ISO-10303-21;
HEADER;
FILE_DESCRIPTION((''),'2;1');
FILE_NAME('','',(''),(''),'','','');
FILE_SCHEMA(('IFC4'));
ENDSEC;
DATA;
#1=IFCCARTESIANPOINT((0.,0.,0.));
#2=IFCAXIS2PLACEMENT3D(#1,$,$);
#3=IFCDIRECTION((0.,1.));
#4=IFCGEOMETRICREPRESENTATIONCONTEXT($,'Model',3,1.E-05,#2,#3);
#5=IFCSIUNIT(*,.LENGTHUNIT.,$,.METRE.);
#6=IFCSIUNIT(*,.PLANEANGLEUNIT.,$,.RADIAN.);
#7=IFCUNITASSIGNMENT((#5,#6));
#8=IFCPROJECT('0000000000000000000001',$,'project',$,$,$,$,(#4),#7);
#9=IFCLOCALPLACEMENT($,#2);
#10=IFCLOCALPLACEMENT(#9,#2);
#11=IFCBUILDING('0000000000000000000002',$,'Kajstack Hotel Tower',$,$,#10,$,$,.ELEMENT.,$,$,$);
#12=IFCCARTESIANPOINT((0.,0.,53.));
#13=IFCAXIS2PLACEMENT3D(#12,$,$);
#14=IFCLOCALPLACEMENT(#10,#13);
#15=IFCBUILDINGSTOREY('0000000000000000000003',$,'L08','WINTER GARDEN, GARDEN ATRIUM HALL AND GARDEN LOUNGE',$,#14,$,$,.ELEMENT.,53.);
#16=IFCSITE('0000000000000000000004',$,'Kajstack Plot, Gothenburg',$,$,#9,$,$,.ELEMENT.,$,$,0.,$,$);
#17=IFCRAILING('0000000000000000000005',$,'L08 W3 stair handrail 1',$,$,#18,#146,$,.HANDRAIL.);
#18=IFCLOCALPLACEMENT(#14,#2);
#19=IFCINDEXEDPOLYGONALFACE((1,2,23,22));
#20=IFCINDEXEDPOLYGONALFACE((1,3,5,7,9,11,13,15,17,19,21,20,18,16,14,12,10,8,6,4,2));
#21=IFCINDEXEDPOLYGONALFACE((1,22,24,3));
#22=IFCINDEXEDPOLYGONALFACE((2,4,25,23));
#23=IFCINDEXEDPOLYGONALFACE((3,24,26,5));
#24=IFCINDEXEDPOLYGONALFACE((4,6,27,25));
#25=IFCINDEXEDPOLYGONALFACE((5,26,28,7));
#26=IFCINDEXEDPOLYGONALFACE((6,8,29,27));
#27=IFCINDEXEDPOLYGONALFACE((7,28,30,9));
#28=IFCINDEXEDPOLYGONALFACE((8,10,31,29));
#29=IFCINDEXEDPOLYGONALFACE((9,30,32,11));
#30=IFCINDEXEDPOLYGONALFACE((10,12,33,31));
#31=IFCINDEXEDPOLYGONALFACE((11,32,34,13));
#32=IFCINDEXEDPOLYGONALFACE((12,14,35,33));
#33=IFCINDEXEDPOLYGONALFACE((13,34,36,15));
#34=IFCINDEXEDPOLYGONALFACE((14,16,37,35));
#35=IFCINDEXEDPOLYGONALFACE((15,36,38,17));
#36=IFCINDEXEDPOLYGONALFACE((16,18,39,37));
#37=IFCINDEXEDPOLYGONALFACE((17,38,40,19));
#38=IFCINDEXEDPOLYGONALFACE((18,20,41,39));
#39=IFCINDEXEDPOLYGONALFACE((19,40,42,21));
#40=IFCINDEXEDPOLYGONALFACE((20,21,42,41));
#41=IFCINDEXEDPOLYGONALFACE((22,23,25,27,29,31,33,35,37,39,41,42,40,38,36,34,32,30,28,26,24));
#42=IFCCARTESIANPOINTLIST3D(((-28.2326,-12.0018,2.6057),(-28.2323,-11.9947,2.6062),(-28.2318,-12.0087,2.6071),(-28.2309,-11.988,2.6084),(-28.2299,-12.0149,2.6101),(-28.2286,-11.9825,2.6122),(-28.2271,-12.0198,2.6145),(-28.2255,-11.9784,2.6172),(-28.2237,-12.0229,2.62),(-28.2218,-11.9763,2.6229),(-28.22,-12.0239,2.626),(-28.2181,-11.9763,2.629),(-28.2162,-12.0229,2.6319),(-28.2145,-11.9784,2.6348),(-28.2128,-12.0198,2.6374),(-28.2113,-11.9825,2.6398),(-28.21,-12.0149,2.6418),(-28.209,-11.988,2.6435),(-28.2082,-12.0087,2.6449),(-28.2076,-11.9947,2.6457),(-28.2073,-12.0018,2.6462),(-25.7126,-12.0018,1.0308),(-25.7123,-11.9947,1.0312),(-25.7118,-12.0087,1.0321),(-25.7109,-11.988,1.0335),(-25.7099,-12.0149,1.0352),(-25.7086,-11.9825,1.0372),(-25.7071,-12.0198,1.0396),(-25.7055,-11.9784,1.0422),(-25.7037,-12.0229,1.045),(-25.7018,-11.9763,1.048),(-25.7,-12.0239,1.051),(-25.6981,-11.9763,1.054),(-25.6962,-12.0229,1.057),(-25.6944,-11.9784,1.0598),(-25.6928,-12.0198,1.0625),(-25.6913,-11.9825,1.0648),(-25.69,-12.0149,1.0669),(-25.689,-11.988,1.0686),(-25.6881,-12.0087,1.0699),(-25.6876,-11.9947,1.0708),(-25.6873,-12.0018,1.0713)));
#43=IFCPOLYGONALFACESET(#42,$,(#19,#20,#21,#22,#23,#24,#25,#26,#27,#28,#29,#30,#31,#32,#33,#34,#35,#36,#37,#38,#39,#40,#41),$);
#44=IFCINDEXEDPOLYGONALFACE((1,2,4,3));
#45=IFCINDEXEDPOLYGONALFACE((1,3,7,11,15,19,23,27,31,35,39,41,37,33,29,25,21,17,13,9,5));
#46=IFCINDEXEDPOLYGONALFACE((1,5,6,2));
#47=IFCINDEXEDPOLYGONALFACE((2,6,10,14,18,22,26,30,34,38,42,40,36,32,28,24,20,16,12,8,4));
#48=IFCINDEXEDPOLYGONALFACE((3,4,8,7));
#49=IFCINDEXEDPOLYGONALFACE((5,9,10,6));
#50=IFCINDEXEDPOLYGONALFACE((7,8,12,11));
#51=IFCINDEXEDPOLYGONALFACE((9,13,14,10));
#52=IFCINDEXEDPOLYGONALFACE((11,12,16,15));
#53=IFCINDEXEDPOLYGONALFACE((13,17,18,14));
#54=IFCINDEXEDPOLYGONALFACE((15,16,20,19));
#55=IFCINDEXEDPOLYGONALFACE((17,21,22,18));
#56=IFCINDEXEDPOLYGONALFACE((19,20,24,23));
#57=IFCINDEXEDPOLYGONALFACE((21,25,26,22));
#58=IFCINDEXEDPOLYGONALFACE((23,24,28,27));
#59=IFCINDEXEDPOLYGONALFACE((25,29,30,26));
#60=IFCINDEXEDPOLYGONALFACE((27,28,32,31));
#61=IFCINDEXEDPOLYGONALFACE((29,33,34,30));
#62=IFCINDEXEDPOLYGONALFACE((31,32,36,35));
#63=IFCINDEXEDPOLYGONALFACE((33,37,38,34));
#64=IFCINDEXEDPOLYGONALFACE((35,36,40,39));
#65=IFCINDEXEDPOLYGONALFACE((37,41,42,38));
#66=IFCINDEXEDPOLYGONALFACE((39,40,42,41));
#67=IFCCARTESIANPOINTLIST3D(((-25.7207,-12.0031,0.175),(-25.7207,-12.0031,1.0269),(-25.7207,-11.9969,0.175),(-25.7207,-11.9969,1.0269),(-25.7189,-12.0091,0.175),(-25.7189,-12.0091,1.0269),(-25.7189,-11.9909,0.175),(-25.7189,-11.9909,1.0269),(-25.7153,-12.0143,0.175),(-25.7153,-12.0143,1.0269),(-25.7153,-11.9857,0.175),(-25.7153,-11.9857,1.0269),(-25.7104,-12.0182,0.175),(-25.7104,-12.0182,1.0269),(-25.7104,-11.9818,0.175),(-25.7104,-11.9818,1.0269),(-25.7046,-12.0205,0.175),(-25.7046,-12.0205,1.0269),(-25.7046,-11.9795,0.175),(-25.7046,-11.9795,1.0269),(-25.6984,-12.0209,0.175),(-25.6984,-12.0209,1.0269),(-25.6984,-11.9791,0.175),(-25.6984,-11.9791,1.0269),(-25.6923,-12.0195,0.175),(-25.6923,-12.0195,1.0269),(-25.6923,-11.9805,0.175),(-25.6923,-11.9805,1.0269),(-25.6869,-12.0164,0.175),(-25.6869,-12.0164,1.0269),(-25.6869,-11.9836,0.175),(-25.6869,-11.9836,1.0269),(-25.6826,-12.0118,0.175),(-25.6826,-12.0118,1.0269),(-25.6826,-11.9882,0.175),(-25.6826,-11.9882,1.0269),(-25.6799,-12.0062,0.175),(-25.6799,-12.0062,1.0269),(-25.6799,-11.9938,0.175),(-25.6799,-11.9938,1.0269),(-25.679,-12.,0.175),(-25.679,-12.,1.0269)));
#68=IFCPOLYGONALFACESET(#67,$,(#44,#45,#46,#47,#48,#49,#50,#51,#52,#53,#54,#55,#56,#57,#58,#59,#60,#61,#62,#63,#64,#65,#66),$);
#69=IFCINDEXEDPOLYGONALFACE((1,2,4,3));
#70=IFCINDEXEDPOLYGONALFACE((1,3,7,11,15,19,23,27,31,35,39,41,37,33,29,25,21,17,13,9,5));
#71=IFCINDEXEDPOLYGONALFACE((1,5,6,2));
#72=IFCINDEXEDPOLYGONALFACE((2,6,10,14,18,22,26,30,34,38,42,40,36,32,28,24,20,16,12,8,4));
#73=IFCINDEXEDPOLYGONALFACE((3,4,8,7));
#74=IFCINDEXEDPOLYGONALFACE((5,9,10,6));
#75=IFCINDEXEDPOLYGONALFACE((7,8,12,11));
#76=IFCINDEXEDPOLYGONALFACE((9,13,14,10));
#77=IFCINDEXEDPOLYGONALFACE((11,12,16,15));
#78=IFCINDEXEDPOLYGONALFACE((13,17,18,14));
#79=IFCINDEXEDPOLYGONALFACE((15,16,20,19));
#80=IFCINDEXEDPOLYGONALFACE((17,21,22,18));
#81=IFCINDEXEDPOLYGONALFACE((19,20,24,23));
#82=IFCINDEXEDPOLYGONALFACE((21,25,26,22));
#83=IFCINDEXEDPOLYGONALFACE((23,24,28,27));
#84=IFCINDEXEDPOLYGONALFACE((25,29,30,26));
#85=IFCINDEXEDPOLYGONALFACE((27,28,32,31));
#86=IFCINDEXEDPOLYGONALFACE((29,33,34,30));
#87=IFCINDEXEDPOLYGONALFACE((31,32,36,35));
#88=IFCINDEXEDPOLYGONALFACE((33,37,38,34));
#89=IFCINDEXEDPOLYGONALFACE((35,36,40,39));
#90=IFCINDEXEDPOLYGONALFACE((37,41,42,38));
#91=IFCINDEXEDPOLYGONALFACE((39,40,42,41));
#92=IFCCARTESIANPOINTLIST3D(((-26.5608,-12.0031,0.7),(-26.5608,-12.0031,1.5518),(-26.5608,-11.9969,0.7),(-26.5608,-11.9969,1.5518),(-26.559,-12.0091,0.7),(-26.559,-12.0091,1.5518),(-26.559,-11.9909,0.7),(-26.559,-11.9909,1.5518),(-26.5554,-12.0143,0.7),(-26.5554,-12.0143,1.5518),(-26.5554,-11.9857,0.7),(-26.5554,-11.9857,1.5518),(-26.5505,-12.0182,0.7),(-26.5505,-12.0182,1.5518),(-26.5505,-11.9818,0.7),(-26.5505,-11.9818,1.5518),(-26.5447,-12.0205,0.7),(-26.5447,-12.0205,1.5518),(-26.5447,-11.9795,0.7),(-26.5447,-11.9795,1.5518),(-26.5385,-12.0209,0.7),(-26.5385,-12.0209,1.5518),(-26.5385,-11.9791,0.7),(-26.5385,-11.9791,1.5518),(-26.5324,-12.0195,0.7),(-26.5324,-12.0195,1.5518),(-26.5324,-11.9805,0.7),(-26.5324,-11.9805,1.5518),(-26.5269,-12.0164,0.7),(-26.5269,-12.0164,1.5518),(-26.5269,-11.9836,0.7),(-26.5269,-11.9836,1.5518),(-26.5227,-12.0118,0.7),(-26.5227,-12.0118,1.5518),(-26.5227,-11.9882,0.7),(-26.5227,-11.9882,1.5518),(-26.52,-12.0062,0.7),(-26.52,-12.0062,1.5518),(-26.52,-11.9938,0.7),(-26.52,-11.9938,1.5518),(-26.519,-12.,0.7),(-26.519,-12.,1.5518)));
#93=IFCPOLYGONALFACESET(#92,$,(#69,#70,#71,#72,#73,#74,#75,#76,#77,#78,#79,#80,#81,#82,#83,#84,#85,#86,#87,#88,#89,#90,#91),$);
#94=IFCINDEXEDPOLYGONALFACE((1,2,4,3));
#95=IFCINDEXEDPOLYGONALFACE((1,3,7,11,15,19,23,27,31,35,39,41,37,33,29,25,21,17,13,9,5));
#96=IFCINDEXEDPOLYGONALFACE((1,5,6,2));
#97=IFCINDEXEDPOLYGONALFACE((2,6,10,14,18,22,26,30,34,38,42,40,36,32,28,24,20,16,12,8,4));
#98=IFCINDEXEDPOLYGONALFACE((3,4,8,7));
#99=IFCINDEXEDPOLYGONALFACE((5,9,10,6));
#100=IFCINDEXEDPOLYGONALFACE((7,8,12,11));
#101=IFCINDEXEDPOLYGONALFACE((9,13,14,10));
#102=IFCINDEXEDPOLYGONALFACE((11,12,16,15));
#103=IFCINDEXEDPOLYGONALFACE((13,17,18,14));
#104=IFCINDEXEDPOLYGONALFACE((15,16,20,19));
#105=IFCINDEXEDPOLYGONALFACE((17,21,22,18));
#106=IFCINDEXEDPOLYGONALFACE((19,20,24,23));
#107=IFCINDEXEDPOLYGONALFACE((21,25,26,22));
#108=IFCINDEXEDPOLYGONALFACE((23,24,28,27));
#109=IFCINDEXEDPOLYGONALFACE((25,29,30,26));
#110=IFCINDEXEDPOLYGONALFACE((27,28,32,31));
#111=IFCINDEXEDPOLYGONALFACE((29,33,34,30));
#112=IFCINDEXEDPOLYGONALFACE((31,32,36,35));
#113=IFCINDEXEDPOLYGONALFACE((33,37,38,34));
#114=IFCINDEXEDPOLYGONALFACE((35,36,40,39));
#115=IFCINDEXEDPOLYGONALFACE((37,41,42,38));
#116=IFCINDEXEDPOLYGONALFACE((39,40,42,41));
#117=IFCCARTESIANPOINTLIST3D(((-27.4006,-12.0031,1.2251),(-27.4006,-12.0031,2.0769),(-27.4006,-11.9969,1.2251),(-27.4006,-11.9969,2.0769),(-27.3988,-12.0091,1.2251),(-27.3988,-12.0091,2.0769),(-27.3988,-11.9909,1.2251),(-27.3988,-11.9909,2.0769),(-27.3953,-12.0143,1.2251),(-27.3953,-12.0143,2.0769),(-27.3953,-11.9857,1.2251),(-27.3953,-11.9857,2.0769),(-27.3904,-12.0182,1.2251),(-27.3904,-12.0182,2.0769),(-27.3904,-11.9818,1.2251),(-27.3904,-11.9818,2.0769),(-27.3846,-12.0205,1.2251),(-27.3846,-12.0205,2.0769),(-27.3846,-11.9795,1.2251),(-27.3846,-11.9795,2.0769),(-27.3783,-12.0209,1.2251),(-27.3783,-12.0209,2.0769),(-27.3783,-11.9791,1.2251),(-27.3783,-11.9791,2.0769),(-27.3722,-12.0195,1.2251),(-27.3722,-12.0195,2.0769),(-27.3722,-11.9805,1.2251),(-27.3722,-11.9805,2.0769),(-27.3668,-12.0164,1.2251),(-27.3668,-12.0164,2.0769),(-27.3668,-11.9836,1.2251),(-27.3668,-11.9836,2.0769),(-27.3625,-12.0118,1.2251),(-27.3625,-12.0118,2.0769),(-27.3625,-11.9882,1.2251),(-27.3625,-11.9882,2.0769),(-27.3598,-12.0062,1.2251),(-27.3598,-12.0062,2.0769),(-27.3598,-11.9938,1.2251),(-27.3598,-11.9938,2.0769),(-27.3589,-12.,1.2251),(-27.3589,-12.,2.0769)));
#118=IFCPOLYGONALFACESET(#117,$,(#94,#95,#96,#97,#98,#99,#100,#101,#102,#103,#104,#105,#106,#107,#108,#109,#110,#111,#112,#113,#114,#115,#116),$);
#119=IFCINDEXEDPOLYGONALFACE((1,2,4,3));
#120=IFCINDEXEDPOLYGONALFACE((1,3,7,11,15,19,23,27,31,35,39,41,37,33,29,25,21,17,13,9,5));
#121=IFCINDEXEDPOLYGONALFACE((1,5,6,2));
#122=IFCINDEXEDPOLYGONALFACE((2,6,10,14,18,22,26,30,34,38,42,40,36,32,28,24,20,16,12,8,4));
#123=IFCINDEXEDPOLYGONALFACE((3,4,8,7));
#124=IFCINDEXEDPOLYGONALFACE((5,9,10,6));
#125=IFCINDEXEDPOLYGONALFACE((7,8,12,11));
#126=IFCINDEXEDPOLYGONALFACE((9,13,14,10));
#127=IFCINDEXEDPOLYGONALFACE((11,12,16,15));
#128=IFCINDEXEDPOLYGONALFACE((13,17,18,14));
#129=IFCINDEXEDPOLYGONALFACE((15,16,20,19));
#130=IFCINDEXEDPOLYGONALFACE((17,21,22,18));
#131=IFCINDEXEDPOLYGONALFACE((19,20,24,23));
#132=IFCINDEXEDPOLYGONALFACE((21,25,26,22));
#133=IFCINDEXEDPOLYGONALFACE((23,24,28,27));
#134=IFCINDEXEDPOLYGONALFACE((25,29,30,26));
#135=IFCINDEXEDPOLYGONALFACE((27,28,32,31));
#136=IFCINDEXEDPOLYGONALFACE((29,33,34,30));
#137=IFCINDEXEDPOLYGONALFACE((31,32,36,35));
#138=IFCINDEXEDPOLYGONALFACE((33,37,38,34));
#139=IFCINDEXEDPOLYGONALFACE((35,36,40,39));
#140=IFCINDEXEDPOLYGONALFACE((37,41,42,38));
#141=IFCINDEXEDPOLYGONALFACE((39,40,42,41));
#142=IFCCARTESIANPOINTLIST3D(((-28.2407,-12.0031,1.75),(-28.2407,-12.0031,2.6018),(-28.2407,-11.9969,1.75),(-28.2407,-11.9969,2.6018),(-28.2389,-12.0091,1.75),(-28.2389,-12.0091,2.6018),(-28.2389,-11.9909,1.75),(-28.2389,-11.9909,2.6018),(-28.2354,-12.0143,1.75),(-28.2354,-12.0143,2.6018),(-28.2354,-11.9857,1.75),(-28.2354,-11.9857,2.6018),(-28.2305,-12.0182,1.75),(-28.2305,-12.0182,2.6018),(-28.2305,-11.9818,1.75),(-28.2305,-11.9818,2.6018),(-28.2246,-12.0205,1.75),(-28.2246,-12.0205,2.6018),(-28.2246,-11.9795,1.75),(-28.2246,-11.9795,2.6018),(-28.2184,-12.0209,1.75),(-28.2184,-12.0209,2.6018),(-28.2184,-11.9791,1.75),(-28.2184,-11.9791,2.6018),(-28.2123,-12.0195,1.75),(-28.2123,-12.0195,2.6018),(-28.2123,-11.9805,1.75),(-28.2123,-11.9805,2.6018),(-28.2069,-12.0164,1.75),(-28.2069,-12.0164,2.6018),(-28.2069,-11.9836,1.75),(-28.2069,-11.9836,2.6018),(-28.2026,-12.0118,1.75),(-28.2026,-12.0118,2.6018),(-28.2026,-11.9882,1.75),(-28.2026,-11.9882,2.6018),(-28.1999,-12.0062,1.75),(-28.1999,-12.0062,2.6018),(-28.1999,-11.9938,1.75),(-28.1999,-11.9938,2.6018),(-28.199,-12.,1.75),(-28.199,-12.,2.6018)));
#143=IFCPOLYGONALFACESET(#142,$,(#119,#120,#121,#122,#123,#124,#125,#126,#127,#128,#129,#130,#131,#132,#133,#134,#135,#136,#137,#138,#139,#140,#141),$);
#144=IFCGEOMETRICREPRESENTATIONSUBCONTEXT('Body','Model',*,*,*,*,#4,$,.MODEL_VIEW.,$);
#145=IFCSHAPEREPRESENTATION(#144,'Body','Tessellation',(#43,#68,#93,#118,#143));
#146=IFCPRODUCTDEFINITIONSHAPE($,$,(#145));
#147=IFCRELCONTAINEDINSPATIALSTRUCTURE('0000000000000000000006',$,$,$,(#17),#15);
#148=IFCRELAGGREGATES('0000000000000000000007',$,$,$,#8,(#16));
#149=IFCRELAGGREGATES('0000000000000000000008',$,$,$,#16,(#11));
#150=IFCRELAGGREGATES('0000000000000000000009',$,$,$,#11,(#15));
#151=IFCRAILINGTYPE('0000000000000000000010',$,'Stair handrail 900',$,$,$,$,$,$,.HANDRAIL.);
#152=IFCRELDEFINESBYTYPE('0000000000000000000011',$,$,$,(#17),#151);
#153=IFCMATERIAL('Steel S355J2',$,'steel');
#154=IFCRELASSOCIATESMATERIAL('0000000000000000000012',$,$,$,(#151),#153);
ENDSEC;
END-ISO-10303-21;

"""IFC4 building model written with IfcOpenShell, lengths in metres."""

from ifc_helpers import new_model, si_unit, direction, frame, origin, origin_2d, place, context, subcontext, project, spatial, circle, extrude, material, type_object, element, save


model = new_model("IFC4")

# Units and contexts
model_context = context("Model", 3, precision=1e-05, world=origin(), true_north=direction((0.0, 1.0)))
body_context = subcontext(model_context, "Body", "Model", "MODEL_VIEW")
ifc_project = project(units=[si_unit("LENGTHUNIT", "METRE"), si_unit("PLANEANGLEUNIT", "RADIAN")], contexts=[model_context])

# Site, building, storey
site_placement = place(None, origin())
site = spatial("IfcSite", under=ifc_project, at=site_placement, Name="Kajstack Plot, Gothenburg", CompositionType="ELEMENT", RefElevation=0.0)
building_placement = place(site_placement, origin())
building = spatial("IfcBuilding", under=site, at=building_placement, Name="Kajstack Hotel Tower", CompositionType="ELEMENT")
storey_placement = place(building_placement, frame((0.0, 0.0, 53.0)))
storey = spatial("IfcBuildingStorey", under=building, at=storey_placement, Name="L08", Description="WINTER GARDEN, GARDEN ATRIUM HALL AND GARDEN LOUNGE", CompositionType="ELEMENT", Elevation=53.0)

# Railing
ifc_material_1 = material(Name="Steel S355J2", Category="steel")
railing_type_1 = type_object("IfcRailingType", Name="Stair handrail 900", PredefinedType="HANDRAIL", material=ifc_material_1)
for number, where, name in (
    (1, (-25.7, -12.0, 0.175), "L08 W3 stair handrail 1"),
):
    element("IfcRailing", number, at=place(storey_placement, frame(where)), inside=storey, type_object=railing_type_1, Name=name, PredefinedType="HANDRAIL", context=body_context, shape_type="SweptSolid", body=[
        extrude(circle(Radius=0.0239, at=origin_2d()), frame((0.0, 0.0, 0.876), z_axis=(-0.848008, 0.0, 0.529984), x_axis=(0.0, -1.0, 0.0)), (0.0, 0.0, 1.0), 2.9717),
        extrude(circle(Radius=0.021, at=origin_2d()), origin(), (0.0, 0.0, 1.0), 0.8518),
        extrude(circle(Radius=0.021, at=origin_2d()), frame((-0.8401, 0.0, 0.5249)), (0.0, 0.0, 1.0), 0.8518),
        extrude(circle(Radius=0.021, at=origin_2d()), frame((-1.6799, 0.0, 1.05)), (0.0, 0.0, 1.0), 0.8518),
        extrude(circle(Radius=0.021, at=origin_2d()), frame((-2.52, 0.0, 1.575)), (0.0, 0.0, 1.0), 0.8518),
    ])

save(model, "model.ifc")
